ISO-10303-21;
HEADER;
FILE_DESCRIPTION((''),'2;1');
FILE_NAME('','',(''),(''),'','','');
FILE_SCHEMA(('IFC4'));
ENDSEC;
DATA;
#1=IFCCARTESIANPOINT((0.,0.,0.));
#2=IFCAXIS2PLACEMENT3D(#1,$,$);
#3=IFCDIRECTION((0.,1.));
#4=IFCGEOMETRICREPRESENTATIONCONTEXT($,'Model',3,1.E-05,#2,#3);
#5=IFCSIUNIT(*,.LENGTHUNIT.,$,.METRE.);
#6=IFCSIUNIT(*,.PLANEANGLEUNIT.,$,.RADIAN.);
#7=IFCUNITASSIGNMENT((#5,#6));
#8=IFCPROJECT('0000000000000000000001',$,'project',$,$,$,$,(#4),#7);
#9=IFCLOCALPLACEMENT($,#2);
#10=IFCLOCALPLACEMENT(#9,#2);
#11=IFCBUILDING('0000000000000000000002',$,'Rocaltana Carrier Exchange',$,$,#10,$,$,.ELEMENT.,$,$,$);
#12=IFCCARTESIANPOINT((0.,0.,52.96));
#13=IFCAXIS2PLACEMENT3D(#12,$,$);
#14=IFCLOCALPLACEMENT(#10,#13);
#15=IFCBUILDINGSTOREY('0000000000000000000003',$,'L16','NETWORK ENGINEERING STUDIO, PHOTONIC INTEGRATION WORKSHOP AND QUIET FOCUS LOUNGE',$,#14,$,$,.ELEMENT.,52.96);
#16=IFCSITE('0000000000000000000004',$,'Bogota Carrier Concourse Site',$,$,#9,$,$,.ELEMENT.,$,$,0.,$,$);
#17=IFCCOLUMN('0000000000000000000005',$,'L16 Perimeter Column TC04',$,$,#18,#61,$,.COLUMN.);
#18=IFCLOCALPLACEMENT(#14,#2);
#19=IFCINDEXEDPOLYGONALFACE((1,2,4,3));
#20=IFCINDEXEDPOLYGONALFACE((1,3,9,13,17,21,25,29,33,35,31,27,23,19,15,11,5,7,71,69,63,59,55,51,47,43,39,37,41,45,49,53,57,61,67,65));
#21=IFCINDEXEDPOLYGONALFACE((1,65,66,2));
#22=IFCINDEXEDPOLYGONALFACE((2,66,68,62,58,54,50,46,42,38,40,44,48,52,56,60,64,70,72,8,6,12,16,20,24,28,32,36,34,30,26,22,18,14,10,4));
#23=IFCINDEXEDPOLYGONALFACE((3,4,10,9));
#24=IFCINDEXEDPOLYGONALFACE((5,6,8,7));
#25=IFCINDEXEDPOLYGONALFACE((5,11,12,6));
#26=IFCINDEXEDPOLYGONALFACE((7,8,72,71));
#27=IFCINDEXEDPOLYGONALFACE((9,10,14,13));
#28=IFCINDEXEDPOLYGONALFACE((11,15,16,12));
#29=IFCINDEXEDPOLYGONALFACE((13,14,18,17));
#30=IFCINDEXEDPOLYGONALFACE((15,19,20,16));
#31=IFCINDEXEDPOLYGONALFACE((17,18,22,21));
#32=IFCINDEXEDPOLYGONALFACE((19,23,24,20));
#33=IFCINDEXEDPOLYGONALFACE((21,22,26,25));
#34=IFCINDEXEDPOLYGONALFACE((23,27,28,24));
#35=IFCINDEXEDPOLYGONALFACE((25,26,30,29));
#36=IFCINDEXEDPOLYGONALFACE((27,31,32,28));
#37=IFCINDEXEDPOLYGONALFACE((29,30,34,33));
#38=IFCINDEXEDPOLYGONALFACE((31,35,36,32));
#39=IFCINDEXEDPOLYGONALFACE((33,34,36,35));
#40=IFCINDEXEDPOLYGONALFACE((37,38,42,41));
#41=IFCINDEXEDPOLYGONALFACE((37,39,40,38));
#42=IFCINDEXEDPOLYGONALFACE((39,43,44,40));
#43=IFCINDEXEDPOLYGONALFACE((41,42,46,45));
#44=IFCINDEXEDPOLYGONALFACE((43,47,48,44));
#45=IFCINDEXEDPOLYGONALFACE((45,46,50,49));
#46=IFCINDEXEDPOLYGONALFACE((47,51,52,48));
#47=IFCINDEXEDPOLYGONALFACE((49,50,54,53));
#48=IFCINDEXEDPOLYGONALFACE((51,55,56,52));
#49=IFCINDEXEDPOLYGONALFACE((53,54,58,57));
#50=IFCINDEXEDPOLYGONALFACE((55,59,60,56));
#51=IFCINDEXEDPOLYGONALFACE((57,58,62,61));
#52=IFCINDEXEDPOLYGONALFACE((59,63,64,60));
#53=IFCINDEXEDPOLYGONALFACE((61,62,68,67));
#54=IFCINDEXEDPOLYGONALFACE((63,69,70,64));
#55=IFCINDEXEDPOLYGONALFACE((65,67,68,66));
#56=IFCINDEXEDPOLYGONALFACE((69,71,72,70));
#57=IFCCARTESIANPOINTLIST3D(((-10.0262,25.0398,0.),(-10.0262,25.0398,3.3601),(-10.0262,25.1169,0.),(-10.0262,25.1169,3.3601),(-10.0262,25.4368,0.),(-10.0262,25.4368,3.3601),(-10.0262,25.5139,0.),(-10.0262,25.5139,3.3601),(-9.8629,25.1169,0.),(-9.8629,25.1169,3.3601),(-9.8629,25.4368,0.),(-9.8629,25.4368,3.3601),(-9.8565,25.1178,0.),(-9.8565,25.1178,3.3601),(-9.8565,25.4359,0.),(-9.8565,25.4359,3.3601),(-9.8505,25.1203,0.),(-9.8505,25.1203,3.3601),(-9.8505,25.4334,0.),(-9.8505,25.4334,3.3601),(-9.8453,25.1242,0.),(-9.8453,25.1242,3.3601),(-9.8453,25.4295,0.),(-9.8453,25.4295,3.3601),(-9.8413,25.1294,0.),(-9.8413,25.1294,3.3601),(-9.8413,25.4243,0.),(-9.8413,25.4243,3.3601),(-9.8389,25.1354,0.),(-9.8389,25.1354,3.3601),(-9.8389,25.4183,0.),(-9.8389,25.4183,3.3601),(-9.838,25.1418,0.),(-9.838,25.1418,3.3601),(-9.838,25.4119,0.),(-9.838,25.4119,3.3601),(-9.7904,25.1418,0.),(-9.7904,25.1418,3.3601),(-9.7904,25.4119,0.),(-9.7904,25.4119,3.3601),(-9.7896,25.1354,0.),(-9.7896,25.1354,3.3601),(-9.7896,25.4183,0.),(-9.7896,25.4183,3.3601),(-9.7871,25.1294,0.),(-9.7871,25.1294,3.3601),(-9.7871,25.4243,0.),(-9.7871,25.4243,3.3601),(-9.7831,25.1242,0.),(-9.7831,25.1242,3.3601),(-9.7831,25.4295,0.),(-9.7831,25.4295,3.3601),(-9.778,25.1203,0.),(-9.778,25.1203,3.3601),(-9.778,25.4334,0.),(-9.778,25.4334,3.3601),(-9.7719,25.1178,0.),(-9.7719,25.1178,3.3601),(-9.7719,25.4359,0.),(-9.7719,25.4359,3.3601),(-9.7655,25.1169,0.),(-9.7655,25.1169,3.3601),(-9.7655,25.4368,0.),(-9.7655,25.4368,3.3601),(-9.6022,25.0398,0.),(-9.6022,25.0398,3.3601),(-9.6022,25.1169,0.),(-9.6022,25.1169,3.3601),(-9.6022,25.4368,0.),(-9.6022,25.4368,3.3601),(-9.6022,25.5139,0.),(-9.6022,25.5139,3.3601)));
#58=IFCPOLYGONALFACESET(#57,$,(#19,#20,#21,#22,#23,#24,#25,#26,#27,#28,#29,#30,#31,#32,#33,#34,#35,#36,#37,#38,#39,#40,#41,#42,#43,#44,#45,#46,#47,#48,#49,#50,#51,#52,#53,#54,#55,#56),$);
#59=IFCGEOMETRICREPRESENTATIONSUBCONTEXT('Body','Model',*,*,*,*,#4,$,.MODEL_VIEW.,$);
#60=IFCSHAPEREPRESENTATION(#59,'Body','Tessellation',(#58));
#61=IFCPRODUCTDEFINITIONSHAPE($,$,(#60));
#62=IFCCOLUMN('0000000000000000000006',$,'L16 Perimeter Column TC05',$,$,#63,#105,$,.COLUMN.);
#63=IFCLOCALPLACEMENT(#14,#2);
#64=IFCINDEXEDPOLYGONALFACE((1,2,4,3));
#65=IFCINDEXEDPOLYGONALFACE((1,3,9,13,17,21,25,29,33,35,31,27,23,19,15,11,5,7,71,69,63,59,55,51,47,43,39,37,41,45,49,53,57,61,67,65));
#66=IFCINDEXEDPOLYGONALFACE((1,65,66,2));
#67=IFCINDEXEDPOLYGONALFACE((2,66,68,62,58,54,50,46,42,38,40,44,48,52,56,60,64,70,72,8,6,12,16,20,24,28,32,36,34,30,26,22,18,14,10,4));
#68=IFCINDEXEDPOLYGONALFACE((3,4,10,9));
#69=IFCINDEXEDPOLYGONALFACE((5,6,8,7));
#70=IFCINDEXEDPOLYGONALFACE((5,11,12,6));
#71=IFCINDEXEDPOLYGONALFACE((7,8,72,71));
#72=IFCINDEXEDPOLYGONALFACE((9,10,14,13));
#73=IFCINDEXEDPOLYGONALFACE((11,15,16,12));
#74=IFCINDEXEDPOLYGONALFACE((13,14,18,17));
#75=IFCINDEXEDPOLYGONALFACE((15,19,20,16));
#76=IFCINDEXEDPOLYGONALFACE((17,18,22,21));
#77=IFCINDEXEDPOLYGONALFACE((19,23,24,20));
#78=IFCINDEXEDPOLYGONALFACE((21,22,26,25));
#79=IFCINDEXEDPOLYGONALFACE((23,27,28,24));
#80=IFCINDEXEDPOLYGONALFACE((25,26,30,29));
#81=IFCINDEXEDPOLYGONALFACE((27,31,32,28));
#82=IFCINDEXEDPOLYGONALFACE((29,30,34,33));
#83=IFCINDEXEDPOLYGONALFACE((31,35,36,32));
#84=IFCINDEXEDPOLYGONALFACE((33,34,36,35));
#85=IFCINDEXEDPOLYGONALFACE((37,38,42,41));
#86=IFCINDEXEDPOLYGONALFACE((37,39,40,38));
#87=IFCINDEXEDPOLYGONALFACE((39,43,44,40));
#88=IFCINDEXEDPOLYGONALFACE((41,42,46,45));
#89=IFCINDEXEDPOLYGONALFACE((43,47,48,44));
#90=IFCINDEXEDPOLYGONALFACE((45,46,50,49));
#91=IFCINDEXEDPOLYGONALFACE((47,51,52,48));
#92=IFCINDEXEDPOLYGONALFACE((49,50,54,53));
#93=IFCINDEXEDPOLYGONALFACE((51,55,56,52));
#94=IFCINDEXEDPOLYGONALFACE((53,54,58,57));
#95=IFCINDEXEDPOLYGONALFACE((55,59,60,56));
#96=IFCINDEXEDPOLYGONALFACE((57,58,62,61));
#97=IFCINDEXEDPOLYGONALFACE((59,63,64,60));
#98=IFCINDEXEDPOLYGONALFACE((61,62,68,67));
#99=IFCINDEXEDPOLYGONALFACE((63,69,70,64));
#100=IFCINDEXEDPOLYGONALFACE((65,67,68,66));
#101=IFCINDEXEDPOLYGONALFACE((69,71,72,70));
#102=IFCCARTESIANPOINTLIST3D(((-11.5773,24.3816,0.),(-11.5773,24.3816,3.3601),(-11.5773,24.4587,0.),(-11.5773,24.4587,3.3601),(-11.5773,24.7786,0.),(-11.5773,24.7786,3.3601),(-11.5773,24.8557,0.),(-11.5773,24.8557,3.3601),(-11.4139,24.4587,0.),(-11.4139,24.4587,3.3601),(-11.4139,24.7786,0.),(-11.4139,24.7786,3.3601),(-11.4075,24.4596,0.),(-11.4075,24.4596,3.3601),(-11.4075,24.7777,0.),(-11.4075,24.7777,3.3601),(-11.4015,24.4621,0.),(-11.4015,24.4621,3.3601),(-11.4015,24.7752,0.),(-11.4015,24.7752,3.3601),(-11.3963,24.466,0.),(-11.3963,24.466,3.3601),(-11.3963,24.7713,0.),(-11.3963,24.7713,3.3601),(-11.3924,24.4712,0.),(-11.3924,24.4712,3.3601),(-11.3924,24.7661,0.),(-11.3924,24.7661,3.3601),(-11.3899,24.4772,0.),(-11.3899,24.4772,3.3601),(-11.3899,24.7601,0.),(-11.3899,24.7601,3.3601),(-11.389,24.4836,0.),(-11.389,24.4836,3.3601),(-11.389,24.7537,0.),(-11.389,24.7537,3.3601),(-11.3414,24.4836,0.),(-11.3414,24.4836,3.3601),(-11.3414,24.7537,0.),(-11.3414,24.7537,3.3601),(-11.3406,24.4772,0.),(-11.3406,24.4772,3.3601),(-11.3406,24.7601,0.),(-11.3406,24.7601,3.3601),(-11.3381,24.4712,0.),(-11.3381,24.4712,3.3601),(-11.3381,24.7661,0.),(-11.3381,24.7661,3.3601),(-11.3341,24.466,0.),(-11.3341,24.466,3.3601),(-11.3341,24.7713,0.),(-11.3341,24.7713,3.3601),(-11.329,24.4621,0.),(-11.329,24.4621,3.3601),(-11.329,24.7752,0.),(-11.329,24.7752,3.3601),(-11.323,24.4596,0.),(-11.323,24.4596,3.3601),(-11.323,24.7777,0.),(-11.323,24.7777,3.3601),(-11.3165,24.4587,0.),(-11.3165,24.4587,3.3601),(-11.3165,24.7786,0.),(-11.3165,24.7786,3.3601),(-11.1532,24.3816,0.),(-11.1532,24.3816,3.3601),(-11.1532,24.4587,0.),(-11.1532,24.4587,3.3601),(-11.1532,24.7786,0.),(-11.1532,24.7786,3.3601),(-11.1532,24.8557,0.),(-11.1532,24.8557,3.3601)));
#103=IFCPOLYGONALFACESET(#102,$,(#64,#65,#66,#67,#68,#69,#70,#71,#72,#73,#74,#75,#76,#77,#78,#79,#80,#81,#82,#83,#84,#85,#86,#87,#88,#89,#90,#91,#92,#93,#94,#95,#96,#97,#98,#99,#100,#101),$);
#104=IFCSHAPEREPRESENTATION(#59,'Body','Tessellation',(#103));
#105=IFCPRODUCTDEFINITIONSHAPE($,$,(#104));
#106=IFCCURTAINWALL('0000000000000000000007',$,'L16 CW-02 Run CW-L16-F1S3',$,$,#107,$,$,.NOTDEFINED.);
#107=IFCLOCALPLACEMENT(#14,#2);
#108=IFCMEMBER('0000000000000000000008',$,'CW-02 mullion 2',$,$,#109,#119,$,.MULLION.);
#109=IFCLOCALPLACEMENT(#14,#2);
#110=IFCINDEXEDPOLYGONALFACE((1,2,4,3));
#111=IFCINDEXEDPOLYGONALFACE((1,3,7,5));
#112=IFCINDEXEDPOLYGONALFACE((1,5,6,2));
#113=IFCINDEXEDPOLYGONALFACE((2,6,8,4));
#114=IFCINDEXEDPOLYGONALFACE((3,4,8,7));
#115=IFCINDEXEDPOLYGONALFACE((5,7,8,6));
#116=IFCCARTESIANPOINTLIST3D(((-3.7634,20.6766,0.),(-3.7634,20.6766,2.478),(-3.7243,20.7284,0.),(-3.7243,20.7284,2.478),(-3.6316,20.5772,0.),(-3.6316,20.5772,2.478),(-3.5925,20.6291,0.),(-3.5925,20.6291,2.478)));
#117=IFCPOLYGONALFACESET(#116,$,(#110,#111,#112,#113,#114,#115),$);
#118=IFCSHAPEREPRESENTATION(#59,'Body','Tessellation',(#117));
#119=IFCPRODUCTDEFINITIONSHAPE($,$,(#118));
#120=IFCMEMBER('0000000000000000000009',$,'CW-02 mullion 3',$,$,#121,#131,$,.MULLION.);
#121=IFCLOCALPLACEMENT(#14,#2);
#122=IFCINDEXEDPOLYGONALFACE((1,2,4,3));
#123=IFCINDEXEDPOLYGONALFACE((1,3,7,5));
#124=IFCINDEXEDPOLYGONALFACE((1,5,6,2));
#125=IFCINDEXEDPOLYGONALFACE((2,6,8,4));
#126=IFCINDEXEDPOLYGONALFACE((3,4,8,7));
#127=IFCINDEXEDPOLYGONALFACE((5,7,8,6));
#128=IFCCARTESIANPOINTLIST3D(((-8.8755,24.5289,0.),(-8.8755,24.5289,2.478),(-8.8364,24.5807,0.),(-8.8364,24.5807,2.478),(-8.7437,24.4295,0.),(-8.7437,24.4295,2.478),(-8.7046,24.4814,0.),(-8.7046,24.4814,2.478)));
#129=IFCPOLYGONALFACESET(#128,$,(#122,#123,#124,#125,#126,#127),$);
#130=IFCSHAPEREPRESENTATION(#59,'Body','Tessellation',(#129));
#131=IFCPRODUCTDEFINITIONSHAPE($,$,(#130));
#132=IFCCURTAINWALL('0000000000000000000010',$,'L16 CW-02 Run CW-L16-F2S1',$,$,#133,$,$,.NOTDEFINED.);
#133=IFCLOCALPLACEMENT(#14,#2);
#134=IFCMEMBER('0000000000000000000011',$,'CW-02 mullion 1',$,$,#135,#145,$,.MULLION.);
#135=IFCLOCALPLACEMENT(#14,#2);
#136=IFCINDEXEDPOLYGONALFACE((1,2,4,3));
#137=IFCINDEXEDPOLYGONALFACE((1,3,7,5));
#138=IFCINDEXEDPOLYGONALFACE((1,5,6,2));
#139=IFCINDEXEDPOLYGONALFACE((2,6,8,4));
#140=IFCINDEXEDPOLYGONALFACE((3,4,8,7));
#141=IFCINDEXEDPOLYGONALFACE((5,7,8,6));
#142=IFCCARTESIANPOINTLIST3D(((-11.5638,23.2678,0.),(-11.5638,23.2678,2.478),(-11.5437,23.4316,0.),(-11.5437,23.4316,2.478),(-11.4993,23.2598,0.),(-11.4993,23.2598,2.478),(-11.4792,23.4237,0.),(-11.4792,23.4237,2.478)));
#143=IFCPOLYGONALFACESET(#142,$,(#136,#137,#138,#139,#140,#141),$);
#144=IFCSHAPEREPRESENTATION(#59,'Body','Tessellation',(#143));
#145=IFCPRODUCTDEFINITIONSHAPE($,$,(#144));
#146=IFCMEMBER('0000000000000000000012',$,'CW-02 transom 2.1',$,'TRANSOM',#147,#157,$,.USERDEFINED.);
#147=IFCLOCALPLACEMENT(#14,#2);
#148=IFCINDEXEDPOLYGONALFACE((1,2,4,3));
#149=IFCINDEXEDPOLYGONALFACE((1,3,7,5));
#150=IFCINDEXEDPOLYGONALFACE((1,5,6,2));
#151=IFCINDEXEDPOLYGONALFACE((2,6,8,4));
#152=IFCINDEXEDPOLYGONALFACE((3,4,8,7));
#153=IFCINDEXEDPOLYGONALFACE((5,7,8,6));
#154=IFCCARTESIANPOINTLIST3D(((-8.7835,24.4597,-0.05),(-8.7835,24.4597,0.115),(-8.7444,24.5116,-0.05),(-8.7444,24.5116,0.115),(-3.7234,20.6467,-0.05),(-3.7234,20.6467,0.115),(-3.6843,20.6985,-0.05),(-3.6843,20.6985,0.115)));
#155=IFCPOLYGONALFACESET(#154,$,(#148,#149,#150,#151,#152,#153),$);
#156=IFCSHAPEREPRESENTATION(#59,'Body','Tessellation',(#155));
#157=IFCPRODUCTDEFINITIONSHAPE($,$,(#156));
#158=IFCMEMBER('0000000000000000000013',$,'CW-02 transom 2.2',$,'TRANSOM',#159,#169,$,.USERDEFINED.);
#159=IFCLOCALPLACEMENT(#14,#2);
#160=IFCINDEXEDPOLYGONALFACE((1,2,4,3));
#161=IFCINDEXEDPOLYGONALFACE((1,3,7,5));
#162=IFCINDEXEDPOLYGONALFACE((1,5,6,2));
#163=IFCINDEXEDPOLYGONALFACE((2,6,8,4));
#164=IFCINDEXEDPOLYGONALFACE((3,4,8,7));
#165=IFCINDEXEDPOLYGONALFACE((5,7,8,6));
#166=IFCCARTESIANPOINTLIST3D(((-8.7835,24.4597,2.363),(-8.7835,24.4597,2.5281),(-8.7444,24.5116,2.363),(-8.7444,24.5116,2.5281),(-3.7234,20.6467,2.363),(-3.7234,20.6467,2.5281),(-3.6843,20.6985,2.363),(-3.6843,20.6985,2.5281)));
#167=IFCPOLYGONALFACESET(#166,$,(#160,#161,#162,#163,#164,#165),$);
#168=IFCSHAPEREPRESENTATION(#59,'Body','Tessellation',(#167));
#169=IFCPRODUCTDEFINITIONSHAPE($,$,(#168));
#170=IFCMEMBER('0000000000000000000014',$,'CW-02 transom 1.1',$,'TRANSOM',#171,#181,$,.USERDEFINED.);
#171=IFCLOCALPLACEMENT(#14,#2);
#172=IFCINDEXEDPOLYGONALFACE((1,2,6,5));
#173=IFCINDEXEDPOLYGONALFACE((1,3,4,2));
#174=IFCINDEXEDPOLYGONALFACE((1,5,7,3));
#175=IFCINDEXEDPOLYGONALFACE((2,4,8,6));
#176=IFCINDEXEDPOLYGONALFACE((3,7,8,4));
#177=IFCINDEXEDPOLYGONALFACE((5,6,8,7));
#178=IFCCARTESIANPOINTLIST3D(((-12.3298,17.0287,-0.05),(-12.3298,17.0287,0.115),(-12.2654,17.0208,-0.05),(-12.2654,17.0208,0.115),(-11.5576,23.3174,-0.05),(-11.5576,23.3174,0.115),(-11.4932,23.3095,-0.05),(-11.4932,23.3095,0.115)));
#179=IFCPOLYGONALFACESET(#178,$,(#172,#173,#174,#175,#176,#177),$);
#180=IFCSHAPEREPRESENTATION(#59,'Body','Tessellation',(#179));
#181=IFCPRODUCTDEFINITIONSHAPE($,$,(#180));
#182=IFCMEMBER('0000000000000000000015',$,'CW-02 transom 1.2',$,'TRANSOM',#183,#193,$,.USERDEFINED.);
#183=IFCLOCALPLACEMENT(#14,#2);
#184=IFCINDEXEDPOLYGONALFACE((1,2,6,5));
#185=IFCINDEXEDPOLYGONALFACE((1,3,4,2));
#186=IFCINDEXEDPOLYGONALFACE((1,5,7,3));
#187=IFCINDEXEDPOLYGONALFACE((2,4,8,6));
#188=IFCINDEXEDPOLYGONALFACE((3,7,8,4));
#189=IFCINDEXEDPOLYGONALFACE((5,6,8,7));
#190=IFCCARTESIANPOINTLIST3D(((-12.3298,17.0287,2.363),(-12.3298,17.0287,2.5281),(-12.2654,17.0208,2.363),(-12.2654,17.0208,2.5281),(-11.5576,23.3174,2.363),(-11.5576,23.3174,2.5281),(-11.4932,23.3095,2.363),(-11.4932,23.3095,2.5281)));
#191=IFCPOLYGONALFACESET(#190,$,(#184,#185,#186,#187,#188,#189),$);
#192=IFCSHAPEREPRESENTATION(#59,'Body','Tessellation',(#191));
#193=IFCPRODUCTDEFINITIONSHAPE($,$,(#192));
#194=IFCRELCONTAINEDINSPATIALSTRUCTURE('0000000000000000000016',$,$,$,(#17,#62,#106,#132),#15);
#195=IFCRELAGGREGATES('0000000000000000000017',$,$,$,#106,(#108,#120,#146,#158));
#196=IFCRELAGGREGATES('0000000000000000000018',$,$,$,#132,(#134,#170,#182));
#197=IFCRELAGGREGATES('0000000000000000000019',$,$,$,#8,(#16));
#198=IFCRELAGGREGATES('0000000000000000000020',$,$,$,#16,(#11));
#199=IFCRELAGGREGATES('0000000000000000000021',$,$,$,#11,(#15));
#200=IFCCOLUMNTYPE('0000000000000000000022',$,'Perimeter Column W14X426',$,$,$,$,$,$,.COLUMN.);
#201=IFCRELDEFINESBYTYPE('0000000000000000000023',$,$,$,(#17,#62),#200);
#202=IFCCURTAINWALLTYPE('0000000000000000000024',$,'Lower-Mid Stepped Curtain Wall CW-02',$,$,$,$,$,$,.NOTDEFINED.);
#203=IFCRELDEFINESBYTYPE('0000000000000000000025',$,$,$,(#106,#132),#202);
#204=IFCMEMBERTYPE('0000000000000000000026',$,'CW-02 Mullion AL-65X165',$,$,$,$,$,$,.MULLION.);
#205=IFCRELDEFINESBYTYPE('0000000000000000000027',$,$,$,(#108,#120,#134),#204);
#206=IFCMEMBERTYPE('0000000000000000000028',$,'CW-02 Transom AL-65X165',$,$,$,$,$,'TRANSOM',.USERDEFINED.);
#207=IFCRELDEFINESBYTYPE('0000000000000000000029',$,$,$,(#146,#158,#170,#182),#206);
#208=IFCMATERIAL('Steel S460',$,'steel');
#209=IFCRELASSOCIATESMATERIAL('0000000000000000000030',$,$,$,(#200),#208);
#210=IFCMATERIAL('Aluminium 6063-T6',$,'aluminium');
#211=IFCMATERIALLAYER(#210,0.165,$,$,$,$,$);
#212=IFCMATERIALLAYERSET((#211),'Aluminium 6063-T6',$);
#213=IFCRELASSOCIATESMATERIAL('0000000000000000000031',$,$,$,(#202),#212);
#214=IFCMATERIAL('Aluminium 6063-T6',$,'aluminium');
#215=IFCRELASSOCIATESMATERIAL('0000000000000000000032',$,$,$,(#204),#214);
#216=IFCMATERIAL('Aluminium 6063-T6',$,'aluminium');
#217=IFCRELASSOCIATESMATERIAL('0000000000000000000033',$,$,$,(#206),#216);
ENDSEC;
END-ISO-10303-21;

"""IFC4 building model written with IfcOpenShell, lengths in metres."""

from ifc_helpers import new_model, si_unit, direction, frame, origin, origin_2d, place, context, subcontext, project, spatial, rectangle, i_section, extrude, material, layer, layer_set, material_profile, profile_set, type_object, element, aggregate, save


model = new_model("IFC4")

# Units and contexts
model_context = context("Model", 3, precision=1e-05, world=origin(), true_north=direction((0.0, 1.0)))
body_context = subcontext(model_context, "Body", "Model", "MODEL_VIEW")
ifc_project = project(units=[si_unit("LENGTHUNIT", "METRE"), si_unit("PLANEANGLEUNIT", "RADIAN")], contexts=[model_context])

# Site, building, storey
site_placement = place(None, origin())
site = spatial("IfcSite", under=ifc_project, at=site_placement, Name="Bogota Carrier Concourse Site", CompositionType="ELEMENT", RefElevation=0.0)
building_placement = place(site_placement, origin())
building = spatial("IfcBuilding", under=site, at=building_placement, Name="Rocaltana Carrier Exchange", CompositionType="ELEMENT")
storey_placement = place(building_placement, frame((0.0, 0.0, 52.96)))
storey = spatial("IfcBuildingStorey", under=building, at=storey_placement, Name="L16", Description="NETWORK ENGINEERING STUDIO, PHOTONIC INTEGRATION WORKSHOP AND QUIET FOCUS LOUNGE", CompositionType="ELEMENT", Elevation=52.96)

# Columns
ifc_material_1 = material(Name="Steel S460", Category="steel")
ifc_material_profile_1 = material_profile(ifc_material_1, i_section(OverallWidth=0.4241, OverallDepth=0.4741, WebThickness=0.0476, FlangeThickness=0.0771, FilletRadius=0.0249, at=origin_2d()), Name="W14X426")
ifc_profile_set_1 = profile_set([ifc_material_profile_1], Name="Steel S460")
column_type = type_object("IfcColumnType", Name="Perimeter Column W14X426", PredefinedType="COLUMN", material=ifc_profile_set_1)
for number, where, z_axis, x_axis, name in (
    (1, (-9.8142, 25.2769, 0.0), (0.0, 0.0, 1.0), (1.0, 0.0, 0.0), "L16 Perimeter Column TC04"),
    (2, (-11.3652, 24.6187, 0.0), (0.0, 0.0, 1.0), (1.0, 0.0, 0.0), "L16 Perimeter Column TC05"),
):
    element("IfcColumn", number, at=place(storey_placement, frame(where, z_axis=z_axis, x_axis=x_axis)), inside=storey, type_object=column_type, Name=name, PredefinedType="COLUMN", context=body_context, shape_type="SweptSolid", body=[
        extrude(i_section(OverallWidth=0.4241, OverallDepth=0.4741, WebThickness=0.0476, FlangeThickness=0.0771, FilletRadius=0.0249, at=origin_2d()), origin(), (0.0, 0.0, 1.0), 3.3601),
    ])

# Curtain wall, members
ifc_material_2 = material(Name="Aluminium 6063-T6", Category="aluminium")
ifc_layer_1 = layer(ifc_material_2, 0.165)
ifc_layer_set_1 = layer_set([ifc_layer_1], Name="Aluminium 6063-T6")
curtain_wall_type = type_object("IfcCurtainWallType", Name="Lower-Mid Stepped Curtain Wall CW-02", PredefinedType="NOTDEFINED", material=ifc_layer_set_1)
curtain_wall_1_placement = place(storey_placement, origin())
curtain_wall_1 = element("IfcCurtainWall", 3, at=curtain_wall_1_placement, inside=storey, type_object=curtain_wall_type, Name="L16 CW-02 Run CW-L16-F1S3", PredefinedType="NOTDEFINED")
ifc_material_3 = material(Name="Aluminium 6063-T6", Category="aluminium")
ifc_material_profile_2 = material_profile(ifc_material_3, rectangle(XDim=0.0649, YDim=0.165, at=origin_2d()), Name="AL-65X165")
ifc_profile_set_2 = profile_set([ifc_material_profile_2], Name="Aluminium 6063-T6")
member_type_1 = type_object("IfcMemberType", Name="CW-02 Mullion AL-65X165", PredefinedType="MULLION", material=ifc_profile_set_2)
member_1_placement = place(storey_placement, frame((-3.678, 20.6528, 0.0), z_axis=(0.0, 0.0, 1.0), x_axis=(-0.601812, -0.798638, 0.0)))
member_1 = element("IfcMember", 4, at=member_1_placement, type_object=member_type_1, Name="CW-02 mullion 2", PredefinedType="MULLION", context=body_context, shape_type="SweptSolid", body=[
    extrude(rectangle(XDim=0.0649, YDim=0.165, at=origin_2d()), origin(), (0.0, 0.0, 1.0), 2.478),
])
member_2_placement = place(storey_placement, frame((-8.79, 24.5051, 0.0), z_axis=(0.0, 0.0, 1.0), x_axis=(-0.601812, -0.798638, 0.0)))
member_2 = element("IfcMember", 5, at=member_2_placement, type_object=member_type_1, Name="CW-02 mullion 3", PredefinedType="MULLION", context=body_context, shape_type="SweptSolid", body=[
    extrude(rectangle(XDim=0.0649, YDim=0.165, at=origin_2d()), origin(), (0.0, 0.0, 1.0), 2.478),
])

# Curtain wall, member
curtain_wall_2_placement = place(storey_placement, origin())
curtain_wall_2 = element("IfcCurtainWall", 6, at=curtain_wall_2_placement, inside=storey, type_object=curtain_wall_type, Name="L16 CW-02 Run CW-L16-F2S1", PredefinedType="NOTDEFINED")
member_3_placement = place(storey_placement, frame((-11.5215, 23.3457, 0.0), z_axis=(0.0, 0.0, 1.0), x_axis=(0.992546, -0.121873, 0.0)))
member_3 = element("IfcMember", 7, at=member_3_placement, type_object=member_type_1, Name="CW-02 mullion 1", PredefinedType="MULLION", context=body_context, shape_type="SweptSolid", body=[
    extrude(rectangle(XDim=0.0649, YDim=0.165, at=origin_2d()), origin(), (0.0, 0.0, 1.0), 2.478),
])

# Members
ifc_material_4 = material(Name="Aluminium 6063-T6", Category="aluminium")
ifc_material_profile_3 = material_profile(ifc_material_4, rectangle(XDim=0.0649, YDim=0.165, at=origin_2d()), Name="AL-65X165")
ifc_profile_set_3 = profile_set([ifc_material_profile_3], Name="Aluminium 6063-T6")
member_type_2 = type_object("IfcMemberType", Name="CW-02 Transom AL-65X165", ElementType="TRANSOM", PredefinedType="USERDEFINED", material=ifc_profile_set_3)
member_4_placement = place(storey_placement, frame((-3.7039, 20.6726, 0.0325), z_axis=(-0.798638, 0.601811, 0.0), x_axis=(-0.601811, -0.798638, 0.0)))
member_4 = element("IfcMember", 8, at=member_4_placement, type_object=member_type_2, Name="CW-02 transom 2.1", ObjectType="TRANSOM", PredefinedType="USERDEFINED", context=body_context, shape_type="SweptSolid", body=[
    extrude(rectangle(XDim=0.0649, YDim=0.165, at=origin_2d()), origin(), (0.0, 0.0, 1.0), 6.3359),
])
member_5_placement = place(storey_placement, frame((-3.7039, 20.6726, 2.4456), z_axis=(-0.798638, 0.601811, 0.0), x_axis=(-0.601811, -0.798638, 0.0)))
member_5 = element("IfcMember", 9, at=member_5_placement, type_object=member_type_2, Name="CW-02 transom 2.2", ObjectType="TRANSOM", PredefinedType="USERDEFINED", context=body_context, shape_type="SweptSolid", body=[
    extrude(rectangle(XDim=0.0649, YDim=0.165, at=origin_2d()), origin(), (0.0, 0.0, 1.0), 6.3359),
])
member_6_placement = place(storey_placement, frame((-11.5254, 23.3135, 0.0325), z_axis=(-0.121877, -0.992545, 0.0), x_axis=(0.992545, -0.121877, 0.0)))
member_6 = element("IfcMember", 10, at=member_6_placement, type_object=member_type_2, Name="CW-02 transom 1.1", ObjectType="TRANSOM", PredefinedType="USERDEFINED", context=body_context, shape_type="SweptSolid", body=[
    extrude(rectangle(XDim=0.0649, YDim=0.165, at=origin_2d()), origin(), (0.0, 0.0, 1.0), 6.3359),
])
member_7_placement = place(storey_placement, frame((-11.5254, 23.3135, 2.4456), z_axis=(-0.121877, -0.992545, 0.0), x_axis=(0.992545, -0.121877, 0.0)))
member_7 = element("IfcMember", 11, at=member_7_placement, type_object=member_type_2, Name="CW-02 transom 1.2", ObjectType="TRANSOM", PredefinedType="USERDEFINED", context=body_context, shape_type="SweptSolid", body=[
    extrude(rectangle(XDim=0.0649, YDim=0.165, at=origin_2d()), origin(), (0.0, 0.0, 1.0), 6.3359),
])

aggregate(curtain_wall_1, [member_1, member_2, member_4, member_5])
aggregate(curtain_wall_2, [member_3, member_6, member_7])

save(model, "model.ifc")
